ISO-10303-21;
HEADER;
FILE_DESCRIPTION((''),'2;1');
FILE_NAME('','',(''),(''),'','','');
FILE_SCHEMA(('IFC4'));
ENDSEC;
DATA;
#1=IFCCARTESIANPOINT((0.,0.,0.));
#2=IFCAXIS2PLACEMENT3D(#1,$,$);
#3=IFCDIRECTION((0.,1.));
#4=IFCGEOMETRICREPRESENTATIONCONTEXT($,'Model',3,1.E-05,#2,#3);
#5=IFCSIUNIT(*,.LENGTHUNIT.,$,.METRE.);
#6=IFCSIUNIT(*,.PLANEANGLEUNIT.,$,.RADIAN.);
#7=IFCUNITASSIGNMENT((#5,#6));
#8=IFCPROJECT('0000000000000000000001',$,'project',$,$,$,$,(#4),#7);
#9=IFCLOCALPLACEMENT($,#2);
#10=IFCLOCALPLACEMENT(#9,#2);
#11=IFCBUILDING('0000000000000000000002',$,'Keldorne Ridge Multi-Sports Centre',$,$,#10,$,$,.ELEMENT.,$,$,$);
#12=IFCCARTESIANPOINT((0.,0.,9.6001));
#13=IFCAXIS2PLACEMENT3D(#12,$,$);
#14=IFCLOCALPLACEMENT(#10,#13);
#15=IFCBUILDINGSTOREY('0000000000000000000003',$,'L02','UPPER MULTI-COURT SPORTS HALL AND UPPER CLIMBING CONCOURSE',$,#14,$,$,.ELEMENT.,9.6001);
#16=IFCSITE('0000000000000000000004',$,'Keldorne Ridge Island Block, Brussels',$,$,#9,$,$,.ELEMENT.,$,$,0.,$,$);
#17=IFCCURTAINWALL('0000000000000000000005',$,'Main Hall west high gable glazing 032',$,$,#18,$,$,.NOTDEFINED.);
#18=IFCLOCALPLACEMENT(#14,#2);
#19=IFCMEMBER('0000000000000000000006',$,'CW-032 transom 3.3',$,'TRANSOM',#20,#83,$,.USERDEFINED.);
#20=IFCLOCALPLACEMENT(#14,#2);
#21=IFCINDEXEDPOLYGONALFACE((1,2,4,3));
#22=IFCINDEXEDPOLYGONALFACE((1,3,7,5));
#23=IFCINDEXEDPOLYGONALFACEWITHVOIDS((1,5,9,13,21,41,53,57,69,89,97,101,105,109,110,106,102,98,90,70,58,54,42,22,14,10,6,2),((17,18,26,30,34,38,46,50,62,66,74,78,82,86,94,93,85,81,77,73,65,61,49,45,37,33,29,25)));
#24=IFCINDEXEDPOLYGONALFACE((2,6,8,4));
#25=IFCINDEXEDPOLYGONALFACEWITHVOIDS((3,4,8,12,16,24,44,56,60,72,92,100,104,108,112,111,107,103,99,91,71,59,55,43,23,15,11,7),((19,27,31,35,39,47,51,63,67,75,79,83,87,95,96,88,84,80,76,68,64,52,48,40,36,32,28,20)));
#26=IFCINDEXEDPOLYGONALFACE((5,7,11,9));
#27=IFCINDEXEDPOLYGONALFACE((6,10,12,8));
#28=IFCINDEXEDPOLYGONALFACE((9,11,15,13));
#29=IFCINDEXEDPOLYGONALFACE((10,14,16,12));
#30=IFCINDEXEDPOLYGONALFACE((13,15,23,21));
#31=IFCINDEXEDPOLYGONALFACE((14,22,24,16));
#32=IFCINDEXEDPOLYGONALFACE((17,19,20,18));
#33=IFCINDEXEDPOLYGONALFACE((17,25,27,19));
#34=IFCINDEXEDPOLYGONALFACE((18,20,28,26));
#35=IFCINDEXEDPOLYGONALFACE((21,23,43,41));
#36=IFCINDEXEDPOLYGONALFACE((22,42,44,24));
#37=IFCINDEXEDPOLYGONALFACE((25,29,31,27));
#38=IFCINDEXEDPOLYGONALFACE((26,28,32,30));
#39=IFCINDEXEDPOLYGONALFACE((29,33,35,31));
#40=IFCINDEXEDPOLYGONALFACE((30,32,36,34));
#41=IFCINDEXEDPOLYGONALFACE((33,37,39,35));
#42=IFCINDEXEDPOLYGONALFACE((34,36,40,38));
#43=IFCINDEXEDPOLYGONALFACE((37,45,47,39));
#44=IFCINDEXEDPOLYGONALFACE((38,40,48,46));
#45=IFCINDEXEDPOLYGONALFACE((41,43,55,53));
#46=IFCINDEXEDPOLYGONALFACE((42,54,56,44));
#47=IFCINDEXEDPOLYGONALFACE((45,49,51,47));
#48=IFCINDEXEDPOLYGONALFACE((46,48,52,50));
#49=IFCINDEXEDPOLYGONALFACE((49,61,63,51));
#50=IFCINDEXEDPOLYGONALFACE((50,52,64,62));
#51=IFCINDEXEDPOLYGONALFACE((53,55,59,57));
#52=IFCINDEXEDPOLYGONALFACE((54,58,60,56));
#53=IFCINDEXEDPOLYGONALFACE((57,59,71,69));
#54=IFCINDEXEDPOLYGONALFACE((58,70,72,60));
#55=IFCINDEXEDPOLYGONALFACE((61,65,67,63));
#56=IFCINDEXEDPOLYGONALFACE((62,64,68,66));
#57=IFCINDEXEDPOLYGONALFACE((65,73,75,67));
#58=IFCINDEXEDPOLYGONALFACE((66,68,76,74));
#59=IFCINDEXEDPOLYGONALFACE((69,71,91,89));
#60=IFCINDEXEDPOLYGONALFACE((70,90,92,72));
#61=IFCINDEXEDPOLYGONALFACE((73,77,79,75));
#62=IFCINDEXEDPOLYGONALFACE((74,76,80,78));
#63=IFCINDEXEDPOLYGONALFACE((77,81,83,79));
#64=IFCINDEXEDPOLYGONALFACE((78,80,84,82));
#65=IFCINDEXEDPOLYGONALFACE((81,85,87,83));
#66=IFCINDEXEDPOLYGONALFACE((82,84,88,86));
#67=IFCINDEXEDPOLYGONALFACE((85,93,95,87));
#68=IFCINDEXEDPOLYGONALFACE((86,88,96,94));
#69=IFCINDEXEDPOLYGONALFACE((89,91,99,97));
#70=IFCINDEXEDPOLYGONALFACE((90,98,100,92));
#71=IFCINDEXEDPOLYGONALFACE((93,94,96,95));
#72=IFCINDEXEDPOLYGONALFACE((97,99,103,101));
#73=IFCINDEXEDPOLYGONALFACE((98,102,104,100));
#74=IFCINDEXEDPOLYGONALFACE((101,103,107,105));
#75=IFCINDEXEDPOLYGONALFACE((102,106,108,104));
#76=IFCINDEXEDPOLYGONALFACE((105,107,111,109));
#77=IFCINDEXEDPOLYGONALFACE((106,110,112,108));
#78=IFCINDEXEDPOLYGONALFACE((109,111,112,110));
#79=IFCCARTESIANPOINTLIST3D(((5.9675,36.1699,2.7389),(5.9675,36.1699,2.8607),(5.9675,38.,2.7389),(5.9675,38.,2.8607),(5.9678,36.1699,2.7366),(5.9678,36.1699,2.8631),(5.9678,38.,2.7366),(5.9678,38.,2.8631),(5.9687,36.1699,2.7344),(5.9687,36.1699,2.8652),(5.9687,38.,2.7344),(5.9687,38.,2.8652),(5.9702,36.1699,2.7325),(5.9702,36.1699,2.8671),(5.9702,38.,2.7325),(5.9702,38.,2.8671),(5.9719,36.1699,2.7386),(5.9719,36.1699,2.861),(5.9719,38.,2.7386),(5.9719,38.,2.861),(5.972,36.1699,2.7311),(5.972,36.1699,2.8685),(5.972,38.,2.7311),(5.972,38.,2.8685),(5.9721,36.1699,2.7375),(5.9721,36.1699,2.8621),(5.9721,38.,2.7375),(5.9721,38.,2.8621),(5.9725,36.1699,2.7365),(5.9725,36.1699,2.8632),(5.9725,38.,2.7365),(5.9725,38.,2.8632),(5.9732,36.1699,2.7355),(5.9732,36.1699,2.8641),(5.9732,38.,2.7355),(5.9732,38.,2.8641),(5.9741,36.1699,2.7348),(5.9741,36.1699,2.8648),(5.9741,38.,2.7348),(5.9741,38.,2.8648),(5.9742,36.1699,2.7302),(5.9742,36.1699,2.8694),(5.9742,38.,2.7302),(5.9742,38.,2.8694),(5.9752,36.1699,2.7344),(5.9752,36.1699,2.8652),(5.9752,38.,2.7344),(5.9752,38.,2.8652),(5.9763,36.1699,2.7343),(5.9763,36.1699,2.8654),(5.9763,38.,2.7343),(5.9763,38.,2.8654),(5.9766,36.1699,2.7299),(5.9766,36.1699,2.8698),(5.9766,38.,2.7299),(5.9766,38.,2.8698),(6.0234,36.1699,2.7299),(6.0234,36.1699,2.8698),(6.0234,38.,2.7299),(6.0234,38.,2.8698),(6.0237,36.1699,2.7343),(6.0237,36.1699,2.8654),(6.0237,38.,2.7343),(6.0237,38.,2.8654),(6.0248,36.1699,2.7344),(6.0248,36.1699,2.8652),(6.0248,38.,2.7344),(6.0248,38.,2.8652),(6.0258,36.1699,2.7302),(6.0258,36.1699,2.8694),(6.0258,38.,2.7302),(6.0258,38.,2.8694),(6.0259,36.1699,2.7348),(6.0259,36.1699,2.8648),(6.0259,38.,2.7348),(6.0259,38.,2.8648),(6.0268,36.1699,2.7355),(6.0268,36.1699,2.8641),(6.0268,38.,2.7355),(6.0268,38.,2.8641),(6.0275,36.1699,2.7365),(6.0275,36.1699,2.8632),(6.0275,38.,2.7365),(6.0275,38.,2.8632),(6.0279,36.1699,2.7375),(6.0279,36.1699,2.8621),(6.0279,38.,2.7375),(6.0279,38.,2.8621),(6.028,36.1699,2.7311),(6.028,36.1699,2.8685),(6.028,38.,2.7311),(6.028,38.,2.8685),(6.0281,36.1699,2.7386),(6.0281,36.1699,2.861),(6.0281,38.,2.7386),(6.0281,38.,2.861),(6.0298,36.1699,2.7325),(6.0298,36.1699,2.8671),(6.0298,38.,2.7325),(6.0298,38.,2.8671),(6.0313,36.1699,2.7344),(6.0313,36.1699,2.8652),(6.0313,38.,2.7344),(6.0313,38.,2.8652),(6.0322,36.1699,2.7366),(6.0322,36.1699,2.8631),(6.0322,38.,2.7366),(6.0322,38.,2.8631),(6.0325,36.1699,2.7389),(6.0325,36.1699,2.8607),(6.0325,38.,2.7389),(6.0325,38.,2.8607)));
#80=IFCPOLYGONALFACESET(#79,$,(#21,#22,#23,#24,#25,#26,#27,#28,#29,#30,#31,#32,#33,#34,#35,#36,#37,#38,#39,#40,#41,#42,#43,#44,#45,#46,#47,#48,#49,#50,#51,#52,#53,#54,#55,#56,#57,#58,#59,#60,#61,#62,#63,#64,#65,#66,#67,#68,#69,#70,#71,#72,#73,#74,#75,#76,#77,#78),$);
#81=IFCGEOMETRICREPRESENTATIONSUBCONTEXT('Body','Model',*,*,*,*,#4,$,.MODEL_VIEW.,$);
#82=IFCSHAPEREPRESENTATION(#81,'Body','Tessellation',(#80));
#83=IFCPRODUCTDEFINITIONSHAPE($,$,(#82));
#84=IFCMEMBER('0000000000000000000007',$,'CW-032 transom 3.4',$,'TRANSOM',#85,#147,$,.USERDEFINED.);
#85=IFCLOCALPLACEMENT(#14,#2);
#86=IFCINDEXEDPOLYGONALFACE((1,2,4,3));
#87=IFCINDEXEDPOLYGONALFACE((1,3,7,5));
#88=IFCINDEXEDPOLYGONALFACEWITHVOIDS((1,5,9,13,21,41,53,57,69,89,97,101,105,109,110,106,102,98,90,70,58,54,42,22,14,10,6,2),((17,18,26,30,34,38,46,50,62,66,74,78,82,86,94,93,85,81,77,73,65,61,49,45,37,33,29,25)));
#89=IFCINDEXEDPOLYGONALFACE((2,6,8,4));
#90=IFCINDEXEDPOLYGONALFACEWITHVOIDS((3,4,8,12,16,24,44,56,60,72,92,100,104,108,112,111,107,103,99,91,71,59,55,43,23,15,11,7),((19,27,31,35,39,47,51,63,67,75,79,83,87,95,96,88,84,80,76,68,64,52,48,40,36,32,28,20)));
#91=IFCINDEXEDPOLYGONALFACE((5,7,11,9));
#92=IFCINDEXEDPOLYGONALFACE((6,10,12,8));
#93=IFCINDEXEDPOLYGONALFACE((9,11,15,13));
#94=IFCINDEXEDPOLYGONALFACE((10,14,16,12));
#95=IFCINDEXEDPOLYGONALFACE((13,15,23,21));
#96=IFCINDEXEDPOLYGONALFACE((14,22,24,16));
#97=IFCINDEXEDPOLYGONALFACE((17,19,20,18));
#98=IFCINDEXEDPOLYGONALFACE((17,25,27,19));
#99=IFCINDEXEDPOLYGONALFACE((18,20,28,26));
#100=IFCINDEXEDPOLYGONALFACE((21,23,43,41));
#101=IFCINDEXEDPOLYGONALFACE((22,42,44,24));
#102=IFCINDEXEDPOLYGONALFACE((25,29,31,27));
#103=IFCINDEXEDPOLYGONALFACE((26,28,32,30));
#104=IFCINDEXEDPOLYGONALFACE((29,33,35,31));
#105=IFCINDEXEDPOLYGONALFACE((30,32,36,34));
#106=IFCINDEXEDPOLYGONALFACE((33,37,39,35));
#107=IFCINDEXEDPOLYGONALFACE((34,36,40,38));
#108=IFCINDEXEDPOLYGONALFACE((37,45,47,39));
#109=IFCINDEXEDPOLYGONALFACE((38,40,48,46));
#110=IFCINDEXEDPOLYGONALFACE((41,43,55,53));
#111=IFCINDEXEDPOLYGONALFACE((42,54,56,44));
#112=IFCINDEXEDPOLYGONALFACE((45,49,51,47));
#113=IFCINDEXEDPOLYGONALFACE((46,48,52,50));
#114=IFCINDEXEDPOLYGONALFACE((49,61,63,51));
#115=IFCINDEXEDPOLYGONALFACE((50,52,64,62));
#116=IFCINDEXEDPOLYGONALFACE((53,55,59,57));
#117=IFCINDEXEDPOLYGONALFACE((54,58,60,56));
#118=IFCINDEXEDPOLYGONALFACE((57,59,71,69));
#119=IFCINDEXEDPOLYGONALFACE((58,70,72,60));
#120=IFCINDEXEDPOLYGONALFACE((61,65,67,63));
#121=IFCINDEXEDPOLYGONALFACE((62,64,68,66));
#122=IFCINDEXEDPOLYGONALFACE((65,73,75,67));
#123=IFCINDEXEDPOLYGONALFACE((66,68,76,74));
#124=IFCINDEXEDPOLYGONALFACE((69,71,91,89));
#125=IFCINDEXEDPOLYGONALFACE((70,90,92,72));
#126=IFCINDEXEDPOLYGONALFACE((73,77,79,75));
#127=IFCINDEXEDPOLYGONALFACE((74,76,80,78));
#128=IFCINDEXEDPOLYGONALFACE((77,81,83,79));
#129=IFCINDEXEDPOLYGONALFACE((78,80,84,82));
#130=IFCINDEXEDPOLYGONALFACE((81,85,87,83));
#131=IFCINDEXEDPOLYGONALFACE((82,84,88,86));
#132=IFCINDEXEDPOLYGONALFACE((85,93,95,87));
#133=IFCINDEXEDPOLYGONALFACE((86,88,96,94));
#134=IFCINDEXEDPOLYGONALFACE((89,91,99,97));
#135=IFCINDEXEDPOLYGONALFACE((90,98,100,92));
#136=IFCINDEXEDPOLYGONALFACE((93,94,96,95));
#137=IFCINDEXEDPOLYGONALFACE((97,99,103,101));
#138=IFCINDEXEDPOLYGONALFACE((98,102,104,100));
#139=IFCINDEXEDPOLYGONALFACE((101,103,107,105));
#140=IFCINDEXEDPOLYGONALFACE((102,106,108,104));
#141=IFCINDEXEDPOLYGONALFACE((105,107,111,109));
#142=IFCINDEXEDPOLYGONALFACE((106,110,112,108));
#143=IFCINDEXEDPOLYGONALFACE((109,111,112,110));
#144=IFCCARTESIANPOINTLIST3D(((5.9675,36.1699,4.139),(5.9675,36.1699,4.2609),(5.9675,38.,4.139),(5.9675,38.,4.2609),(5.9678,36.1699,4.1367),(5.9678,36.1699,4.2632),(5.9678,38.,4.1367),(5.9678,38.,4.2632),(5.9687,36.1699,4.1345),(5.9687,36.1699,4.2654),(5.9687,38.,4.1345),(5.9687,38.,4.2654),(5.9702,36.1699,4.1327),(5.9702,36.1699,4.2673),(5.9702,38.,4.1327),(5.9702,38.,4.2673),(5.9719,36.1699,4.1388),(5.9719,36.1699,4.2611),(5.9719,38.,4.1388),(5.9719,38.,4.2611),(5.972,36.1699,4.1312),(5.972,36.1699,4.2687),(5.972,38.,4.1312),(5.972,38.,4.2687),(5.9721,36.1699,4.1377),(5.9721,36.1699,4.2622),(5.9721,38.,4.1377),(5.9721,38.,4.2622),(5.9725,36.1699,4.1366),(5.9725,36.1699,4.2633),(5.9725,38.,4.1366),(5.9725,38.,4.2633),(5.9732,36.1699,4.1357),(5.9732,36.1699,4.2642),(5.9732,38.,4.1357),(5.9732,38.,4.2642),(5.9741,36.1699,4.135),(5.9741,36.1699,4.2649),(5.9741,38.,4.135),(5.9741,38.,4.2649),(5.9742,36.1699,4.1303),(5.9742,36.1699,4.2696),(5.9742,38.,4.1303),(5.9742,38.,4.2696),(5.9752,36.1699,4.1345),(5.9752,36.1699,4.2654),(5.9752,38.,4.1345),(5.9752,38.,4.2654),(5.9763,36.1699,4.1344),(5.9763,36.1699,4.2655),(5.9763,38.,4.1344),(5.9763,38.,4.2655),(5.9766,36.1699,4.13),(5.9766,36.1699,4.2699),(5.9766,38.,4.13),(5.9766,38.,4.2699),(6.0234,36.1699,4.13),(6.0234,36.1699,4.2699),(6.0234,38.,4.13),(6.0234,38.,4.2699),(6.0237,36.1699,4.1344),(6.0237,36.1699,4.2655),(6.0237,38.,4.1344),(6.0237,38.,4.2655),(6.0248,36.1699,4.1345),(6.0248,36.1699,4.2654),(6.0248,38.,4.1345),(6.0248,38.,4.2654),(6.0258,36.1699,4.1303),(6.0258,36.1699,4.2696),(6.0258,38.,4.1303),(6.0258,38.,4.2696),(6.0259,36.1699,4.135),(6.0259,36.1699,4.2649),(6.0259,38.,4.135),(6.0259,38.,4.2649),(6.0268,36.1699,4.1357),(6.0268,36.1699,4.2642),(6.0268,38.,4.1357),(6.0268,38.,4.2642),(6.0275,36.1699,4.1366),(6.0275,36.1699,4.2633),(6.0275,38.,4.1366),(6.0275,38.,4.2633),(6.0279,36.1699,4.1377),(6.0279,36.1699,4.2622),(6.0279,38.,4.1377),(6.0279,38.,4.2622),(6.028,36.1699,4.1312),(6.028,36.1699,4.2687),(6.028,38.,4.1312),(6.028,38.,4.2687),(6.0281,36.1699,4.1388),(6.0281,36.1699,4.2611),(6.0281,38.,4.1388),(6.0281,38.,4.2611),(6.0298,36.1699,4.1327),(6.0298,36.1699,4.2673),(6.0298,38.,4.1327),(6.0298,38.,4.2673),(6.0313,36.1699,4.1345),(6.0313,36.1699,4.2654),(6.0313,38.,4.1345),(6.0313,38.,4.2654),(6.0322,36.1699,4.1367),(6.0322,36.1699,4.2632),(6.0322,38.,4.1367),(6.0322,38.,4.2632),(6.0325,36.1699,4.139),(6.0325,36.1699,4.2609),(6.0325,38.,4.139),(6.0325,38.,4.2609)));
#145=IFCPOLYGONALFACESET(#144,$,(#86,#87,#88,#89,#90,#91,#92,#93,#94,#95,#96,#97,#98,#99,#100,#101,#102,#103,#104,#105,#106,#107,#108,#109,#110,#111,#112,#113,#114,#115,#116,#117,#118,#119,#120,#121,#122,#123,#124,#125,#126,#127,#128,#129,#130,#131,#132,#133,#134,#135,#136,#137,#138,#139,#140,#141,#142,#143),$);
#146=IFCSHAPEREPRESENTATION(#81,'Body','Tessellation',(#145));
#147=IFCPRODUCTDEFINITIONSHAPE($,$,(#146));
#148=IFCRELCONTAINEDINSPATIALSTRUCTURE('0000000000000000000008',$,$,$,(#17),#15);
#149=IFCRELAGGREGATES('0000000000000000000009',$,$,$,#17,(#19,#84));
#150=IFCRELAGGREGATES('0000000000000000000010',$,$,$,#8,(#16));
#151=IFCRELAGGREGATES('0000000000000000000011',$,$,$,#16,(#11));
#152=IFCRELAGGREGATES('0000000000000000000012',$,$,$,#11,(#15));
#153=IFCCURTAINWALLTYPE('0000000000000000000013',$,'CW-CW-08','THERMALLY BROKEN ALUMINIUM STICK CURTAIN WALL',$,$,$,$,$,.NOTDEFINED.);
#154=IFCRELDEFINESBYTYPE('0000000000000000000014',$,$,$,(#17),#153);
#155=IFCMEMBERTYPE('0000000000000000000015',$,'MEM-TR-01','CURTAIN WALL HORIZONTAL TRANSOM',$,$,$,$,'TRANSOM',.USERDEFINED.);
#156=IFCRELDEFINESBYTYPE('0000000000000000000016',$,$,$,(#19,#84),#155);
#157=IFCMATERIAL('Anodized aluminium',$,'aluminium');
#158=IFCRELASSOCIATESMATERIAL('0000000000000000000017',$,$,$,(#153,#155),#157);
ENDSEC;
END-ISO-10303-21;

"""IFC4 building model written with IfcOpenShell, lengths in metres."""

from ifc_helpers import new_model, si_unit, direction, frame, origin, origin_2d, place, context, subcontext, project, spatial, hollow_rectangle, extrude, material, material_profile, profile_set, type_object, element, aggregate, save


model = new_model("IFC4")

# Units and contexts
model_context = context("Model", 3, precision=1e-05, world=origin(), true_north=direction((0.0, 1.0)))
body_context = subcontext(model_context, "Body", "Model", "MODEL_VIEW")
ifc_project = project(units=[si_unit("LENGTHUNIT", "METRE"), si_unit("PLANEANGLEUNIT", "RADIAN")], contexts=[model_context])

# Site, building, storey
site_placement = place(None, origin())
site = spatial("IfcSite", under=ifc_project, at=site_placement, Name="Keldorne Ridge Island Block, Brussels", CompositionType="ELEMENT", RefElevation=0.0)
building_placement = place(site_placement, origin())
building = spatial("IfcBuilding", under=site, at=building_placement, Name="Keldorne Ridge Multi-Sports Centre", CompositionType="ELEMENT")
storey_placement = place(building_placement, frame((0.0, 0.0, 9.6001)))
storey = spatial("IfcBuildingStorey", under=building, at=storey_placement, Name="L02", Description="UPPER MULTI-COURT SPORTS HALL AND UPPER CLIMBING CONCOURSE", CompositionType="ELEMENT", Elevation=9.6001)

# Curtain wall, members
ifc_material_1 = material(Name="Anodized aluminium", Category="aluminium")
curtain_wall_type_1 = type_object("IfcCurtainWallType", Name="CW-CW-08", Description="THERMALLY BROKEN ALUMINIUM STICK CURTAIN WALL", PredefinedType="NOTDEFINED", material=ifc_material_1)
curtain_wall_1_placement = place(storey_placement, origin())
curtain_wall_1 = element("IfcCurtainWall", 1, at=curtain_wall_1_placement, inside=storey, type_object=curtain_wall_type_1, Name="Main Hall west high gable glazing 032", PredefinedType="NOTDEFINED")
ifc_material_profile_1 = material_profile(ifc_material_1, hollow_rectangle(XDim=0.0649, YDim=0.1399, WallThickness=0.0044, InnerFilletRadius=0.0044, OuterFilletRadius=0.009, at=origin_2d()), Name="ALU TRANSOM 140x65x4.5")
ifc_profile_set_1 = profile_set([ifc_material_profile_1], Name="Anodized aluminium")
member_type_1 = type_object("IfcMemberType", Name="MEM-TR-01", Description="CURTAIN WALL HORIZONTAL TRANSOM", ElementType="TRANSOM", PredefinedType="USERDEFINED", material=ifc_profile_set_1)
member_1_placement = place(storey_placement, frame((6.0, 38.0, 2.7998), z_axis=(0.0, -1.0, 0.0), x_axis=(1.0, 0.0, 0.0)))
member_1 = element("IfcMember", 2, at=member_1_placement, type_object=member_type_1, Name="CW-032 transom 3.3", ObjectType="TRANSOM", PredefinedType="USERDEFINED", context=body_context, shape_type="SweptSolid", body=[
    extrude(hollow_rectangle(XDim=0.0649, YDim=0.1399, WallThickness=0.0044, InnerFilletRadius=0.0044, OuterFilletRadius=0.009, at=origin_2d()), origin(), (0.0, 0.0, 1.0), 1.8301),
])
member_2_placement = place(storey_placement, frame((6.0, 38.0, 4.2), z_axis=(0.0, -1.0, 0.0), x_axis=(1.0, 0.0, 0.0)))
member_2 = element("IfcMember", 3, at=member_2_placement, type_object=member_type_1, Name="CW-032 transom 3.4", ObjectType="TRANSOM", PredefinedType="USERDEFINED", context=body_context, shape_type="SweptSolid", body=[
    extrude(hollow_rectangle(XDim=0.0649, YDim=0.1399, WallThickness=0.0044, InnerFilletRadius=0.0044, OuterFilletRadius=0.009, at=origin_2d()), origin(), (0.0, 0.0, 1.0), 1.8301),
])

aggregate(curtain_wall_1, [member_1, member_2])

save(model, "model.ifc")
